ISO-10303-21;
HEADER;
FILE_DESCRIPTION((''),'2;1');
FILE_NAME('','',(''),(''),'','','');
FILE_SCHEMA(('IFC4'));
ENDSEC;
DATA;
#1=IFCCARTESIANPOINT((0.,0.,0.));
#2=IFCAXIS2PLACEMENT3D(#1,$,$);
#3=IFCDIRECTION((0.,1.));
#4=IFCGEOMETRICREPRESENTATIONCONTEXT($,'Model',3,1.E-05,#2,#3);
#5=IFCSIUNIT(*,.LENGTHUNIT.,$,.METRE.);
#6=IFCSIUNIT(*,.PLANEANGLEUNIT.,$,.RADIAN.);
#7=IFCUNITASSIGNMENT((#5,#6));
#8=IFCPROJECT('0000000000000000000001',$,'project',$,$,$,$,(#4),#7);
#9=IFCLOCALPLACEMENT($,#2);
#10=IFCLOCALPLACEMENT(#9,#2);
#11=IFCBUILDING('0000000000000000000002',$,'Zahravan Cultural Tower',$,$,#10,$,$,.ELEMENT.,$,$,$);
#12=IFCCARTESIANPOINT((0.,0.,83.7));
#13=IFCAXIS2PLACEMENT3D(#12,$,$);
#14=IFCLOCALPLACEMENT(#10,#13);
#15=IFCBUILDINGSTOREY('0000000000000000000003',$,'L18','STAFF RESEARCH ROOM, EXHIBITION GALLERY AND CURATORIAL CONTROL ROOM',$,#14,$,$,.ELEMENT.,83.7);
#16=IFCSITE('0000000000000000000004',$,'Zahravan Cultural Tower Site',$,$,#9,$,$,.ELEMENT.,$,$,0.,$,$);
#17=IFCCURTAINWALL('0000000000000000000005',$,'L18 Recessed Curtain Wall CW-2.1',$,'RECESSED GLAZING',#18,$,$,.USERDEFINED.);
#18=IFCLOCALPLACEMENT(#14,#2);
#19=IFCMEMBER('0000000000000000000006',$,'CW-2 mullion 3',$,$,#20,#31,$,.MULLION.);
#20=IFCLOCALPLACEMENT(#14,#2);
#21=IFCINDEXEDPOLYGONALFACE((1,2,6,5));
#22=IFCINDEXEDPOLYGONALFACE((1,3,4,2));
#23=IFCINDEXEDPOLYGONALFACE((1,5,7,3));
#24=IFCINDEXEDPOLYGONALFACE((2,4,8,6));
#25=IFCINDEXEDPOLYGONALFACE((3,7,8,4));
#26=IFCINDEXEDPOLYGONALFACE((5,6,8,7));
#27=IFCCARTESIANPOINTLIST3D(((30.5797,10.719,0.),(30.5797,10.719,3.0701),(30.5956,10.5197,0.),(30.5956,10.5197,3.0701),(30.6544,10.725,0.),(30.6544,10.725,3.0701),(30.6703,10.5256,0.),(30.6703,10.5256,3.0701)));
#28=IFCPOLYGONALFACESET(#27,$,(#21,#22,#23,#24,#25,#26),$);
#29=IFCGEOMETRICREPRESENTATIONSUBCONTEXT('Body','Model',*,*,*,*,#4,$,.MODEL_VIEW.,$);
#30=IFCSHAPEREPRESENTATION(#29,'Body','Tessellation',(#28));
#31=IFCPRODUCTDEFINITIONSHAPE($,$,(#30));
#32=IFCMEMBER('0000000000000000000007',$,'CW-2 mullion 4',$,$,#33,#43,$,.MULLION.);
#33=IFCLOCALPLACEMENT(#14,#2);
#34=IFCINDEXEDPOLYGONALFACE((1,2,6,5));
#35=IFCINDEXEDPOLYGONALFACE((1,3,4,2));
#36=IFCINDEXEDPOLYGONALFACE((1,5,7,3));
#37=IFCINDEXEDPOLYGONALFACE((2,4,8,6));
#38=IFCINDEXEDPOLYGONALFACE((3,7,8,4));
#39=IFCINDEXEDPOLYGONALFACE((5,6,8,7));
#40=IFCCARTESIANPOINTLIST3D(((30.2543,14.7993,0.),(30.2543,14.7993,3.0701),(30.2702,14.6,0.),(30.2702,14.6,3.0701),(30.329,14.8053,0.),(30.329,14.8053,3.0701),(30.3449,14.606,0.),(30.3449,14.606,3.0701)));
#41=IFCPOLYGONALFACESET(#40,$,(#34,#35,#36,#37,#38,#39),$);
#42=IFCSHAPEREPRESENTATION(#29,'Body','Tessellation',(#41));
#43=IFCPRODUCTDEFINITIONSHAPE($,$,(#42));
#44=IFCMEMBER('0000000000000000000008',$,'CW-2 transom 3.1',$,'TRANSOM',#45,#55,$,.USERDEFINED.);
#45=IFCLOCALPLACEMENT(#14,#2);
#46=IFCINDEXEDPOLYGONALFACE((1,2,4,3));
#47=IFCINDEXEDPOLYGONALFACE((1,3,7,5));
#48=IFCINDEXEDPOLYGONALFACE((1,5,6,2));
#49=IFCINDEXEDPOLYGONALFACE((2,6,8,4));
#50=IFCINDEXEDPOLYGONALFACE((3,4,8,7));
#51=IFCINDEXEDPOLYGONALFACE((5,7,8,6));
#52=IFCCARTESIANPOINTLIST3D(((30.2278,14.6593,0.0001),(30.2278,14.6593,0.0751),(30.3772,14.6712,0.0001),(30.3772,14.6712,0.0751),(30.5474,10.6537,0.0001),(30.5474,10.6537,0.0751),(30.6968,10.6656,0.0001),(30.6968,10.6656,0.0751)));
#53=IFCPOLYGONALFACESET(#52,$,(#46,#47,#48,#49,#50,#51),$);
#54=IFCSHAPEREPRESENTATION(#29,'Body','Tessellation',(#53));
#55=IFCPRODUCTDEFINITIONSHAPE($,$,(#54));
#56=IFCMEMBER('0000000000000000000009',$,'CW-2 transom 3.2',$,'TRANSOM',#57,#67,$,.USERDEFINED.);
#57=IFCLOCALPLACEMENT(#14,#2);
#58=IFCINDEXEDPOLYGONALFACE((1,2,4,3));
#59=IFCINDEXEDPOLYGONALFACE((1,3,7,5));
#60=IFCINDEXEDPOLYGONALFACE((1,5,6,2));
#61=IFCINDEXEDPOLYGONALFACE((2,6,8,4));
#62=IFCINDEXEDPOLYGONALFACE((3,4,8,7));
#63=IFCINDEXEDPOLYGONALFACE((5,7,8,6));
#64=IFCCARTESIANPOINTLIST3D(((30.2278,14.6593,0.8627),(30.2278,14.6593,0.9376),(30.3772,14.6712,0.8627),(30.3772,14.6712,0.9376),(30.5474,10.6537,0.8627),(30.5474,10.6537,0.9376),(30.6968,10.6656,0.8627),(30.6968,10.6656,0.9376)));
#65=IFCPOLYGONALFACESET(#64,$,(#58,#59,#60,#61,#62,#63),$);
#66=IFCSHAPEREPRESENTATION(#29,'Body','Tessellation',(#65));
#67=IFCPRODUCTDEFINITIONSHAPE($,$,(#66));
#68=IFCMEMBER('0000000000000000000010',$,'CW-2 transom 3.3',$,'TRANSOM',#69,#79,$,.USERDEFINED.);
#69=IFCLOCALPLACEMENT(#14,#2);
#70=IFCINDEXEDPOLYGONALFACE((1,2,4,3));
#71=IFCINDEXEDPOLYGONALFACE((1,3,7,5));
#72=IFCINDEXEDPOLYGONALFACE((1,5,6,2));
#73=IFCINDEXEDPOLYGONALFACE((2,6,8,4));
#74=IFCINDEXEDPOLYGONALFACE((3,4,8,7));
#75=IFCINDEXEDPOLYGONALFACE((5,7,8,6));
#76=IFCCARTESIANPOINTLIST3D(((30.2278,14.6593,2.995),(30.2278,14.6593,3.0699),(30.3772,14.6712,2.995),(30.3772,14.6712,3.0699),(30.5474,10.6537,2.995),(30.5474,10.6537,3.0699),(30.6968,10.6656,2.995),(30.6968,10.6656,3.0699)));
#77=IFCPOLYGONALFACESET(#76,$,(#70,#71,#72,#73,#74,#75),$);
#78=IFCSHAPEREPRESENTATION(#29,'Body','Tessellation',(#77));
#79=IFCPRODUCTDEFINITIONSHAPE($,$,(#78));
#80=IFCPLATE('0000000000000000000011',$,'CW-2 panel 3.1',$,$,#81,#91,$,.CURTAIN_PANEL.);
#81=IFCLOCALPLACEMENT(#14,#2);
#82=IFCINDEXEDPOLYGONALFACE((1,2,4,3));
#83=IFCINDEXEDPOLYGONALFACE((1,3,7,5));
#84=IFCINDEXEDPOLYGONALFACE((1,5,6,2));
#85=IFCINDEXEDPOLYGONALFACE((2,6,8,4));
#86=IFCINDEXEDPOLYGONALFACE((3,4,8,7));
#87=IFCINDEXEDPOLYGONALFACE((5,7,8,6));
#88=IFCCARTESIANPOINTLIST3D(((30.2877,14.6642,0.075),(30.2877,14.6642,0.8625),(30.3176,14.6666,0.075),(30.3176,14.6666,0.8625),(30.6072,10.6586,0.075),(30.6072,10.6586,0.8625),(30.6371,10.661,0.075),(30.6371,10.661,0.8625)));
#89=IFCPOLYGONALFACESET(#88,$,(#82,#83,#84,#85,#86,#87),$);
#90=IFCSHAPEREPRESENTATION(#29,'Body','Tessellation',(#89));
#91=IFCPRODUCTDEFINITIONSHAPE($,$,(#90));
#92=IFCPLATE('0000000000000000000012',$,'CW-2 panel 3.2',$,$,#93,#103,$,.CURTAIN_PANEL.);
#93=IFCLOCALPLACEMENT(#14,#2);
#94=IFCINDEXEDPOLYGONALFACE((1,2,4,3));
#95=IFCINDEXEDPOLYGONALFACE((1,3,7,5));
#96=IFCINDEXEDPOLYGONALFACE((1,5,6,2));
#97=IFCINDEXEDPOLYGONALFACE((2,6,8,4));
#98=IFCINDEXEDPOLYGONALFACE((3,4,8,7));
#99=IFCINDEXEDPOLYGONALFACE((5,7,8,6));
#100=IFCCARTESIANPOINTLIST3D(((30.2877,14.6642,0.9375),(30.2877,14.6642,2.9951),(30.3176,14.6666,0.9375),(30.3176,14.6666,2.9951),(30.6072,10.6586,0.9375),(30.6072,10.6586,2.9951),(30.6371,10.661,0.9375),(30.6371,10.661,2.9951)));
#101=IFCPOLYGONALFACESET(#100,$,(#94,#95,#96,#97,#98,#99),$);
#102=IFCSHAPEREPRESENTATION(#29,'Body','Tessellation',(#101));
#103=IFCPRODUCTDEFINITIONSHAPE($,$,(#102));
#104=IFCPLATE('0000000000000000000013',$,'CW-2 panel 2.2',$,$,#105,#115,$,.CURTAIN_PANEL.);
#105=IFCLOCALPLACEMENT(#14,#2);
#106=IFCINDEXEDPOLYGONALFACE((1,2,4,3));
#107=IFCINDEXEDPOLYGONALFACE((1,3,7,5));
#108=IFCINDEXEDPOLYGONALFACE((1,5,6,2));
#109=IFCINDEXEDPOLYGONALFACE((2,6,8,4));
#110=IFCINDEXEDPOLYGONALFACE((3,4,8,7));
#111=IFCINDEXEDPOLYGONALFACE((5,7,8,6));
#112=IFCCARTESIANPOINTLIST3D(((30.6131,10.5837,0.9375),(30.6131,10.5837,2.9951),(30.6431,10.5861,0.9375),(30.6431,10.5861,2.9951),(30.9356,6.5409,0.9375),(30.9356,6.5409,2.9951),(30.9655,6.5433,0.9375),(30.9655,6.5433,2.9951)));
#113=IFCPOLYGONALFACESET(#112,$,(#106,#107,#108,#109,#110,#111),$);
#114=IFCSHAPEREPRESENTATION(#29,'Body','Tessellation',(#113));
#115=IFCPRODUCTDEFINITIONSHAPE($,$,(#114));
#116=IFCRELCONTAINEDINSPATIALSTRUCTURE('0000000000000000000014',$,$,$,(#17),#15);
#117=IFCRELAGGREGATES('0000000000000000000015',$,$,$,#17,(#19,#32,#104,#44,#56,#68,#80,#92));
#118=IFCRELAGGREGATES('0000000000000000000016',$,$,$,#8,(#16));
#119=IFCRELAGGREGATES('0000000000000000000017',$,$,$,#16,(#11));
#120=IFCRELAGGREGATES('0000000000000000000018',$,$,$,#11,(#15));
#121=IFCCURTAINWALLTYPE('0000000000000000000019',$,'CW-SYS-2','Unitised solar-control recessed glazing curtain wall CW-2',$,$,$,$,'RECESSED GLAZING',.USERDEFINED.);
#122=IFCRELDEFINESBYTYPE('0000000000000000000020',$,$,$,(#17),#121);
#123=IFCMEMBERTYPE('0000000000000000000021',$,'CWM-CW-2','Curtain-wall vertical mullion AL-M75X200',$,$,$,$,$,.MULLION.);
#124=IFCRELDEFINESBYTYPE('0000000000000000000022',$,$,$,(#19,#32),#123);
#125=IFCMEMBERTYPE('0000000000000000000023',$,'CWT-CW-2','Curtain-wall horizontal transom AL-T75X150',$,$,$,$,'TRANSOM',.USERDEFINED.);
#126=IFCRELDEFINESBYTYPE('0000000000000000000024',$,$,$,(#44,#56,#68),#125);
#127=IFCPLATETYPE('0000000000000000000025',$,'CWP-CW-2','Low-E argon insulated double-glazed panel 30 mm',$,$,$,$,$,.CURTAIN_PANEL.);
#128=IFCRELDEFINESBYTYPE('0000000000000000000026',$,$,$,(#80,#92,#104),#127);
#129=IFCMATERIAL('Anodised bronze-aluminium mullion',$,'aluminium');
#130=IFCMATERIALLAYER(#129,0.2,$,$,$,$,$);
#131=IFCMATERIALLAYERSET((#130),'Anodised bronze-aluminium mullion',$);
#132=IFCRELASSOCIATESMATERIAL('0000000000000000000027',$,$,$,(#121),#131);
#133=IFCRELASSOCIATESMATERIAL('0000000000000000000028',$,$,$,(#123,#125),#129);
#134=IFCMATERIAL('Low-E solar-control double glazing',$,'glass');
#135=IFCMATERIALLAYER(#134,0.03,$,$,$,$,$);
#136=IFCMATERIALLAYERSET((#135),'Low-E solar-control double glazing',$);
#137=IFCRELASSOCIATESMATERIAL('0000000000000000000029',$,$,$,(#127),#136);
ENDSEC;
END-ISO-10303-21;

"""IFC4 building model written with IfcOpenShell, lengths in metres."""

from ifc_helpers import new_model, si_unit, direction, frame, origin, origin_2d, place, context, subcontext, project, spatial, rectangle, extrude, source, transform, mapped, material, layer, layer_set, material_profile, profile_set, type_object, element, aggregate, save


model = new_model("IFC4")

# Units and contexts
model_context = context("Model", 3, precision=1e-05, world=origin(), true_north=direction((0.0, 1.0)))
body_context = subcontext(model_context, "Body", "Model", "MODEL_VIEW")
ifc_project = project(units=[si_unit("LENGTHUNIT", "METRE"), si_unit("PLANEANGLEUNIT", "RADIAN")], contexts=[model_context])

# Site, building, storey
site_placement = place(None, origin())
site = spatial("IfcSite", under=ifc_project, at=site_placement, Name="Zahravan Cultural Tower Site", CompositionType="ELEMENT", RefElevation=0.0)
building_placement = place(site_placement, origin())
building = spatial("IfcBuilding", under=site, at=building_placement, Name="Zahravan Cultural Tower", CompositionType="ELEMENT")
storey_placement = place(building_placement, frame((0.0, 0.0, 83.7)))
storey = spatial("IfcBuildingStorey", under=building, at=storey_placement, Name="L18", Description="STAFF RESEARCH ROOM, EXHIBITION GALLERY AND CURATORIAL CONTROL ROOM", CompositionType="ELEMENT", Elevation=83.7)

# Curtain wall, members, plates
ifc_material_1 = material(Name="Anodised bronze-aluminium mullion", Category="aluminium")
ifc_layer_1 = layer(ifc_material_1, 0.2)
ifc_layer_set_1 = layer_set([ifc_layer_1], Name="Anodised bronze-aluminium mullion")
curtain_wall_type = type_object("IfcCurtainWallType", Name="CW-SYS-2", Description="Unitised solar-control recessed glazing curtain wall CW-2", ElementType="RECESSED GLAZING", PredefinedType="USERDEFINED", material=ifc_layer_set_1)
curtain_wall_placement = place(storey_placement, origin())
curtain_wall = element("IfcCurtainWall", 1, at=curtain_wall_placement, inside=storey, type_object=curtain_wall_type, Name="L18 Recessed Curtain Wall CW-2.1", ObjectType="RECESSED GLAZING", PredefinedType="USERDEFINED")
ifc_material_profile_1 = material_profile(ifc_material_1, rectangle(XDim=0.075, YDim=0.2, at=origin_2d()), Name="AL-M75X200")
ifc_profile_set_1 = profile_set([ifc_material_profile_1], Name="Anodised bronze-aluminium mullion")
member_type_1 = type_object("IfcMemberType", Name="CWM-CW-2", Description="Curtain-wall vertical mullion AL-M75X200", PredefinedType="MULLION", material=ifc_profile_set_1)
shared_shape_1 = source(origin(), body_context, "Body", "SweptSolid", [
    extrude(rectangle(XDim=0.075, YDim=0.2, at=origin_2d()), origin(), (0.0, 0.0, 1.0), 3.0701),
])
member_1_placement = place(storey_placement, frame((30.625, 10.6223, 0.0), z_axis=(0.0, 0.0, 1.0), x_axis=(-0.996835, -0.079501, 0.0)))
member_1 = element("IfcMember", 2, at=member_1_placement, type_object=member_type_1, Name="CW-2 mullion 3", PredefinedType="MULLION", context=body_context, shape_type="MappedRepresentation", body=[
    mapped(shared_shape_1, transform((0.0, 0.0, 0.0), x_axis=(1.0, 0.0, 0.0), y_axis=(0.0, 1.0, 0.0), z_axis=(0.0, 0.0, 1.0), scale=1.0)),
])
member_2_placement = place(storey_placement, frame((30.2996, 14.7026, 0.0), z_axis=(0.0, 0.0, 1.0), x_axis=(-0.996835, -0.079501, 0.0)))
member_2 = element("IfcMember", 3, at=member_2_placement, type_object=member_type_1, Name="CW-2 mullion 4", PredefinedType="MULLION", context=body_context, shape_type="MappedRepresentation", body=[
    mapped(shared_shape_1, transform((0.0, 0.0, 0.0), x_axis=(1.0, 0.0, 0.0), y_axis=(0.0, 1.0, 0.0), z_axis=(0.0, 0.0, 1.0), scale=1.0)),
])
ifc_material_profile_2 = material_profile(ifc_material_1, rectangle(XDim=0.1499, YDim=0.075, at=origin_2d()), Name="AL-T75X150")
ifc_profile_set_2 = profile_set([ifc_material_profile_2], Name="Anodised bronze-aluminium mullion")
member_type_2 = type_object("IfcMemberType", Name="CWT-CW-2", Description="Curtain-wall horizontal transom AL-T75X150", ElementType="TRANSOM", PredefinedType="USERDEFINED", material=ifc_profile_set_2)
shared_shape_2 = source(origin(), body_context, "Body", "SweptSolid", [
    extrude(rectangle(XDim=0.1499, YDim=0.075, at=origin_2d()), origin(), (0.0, 0.0, 1.0), 4.0183),
])
member_3_placement = place(storey_placement, frame((30.6221, 10.6597, 0.0376), z_axis=(-0.07953, 0.996832, 0.0), x_axis=(-0.996832, -0.07953, 0.0)))
member_3 = element("IfcMember", 4, at=member_3_placement, type_object=member_type_2, Name="CW-2 transom 3.1", ObjectType="TRANSOM", PredefinedType="USERDEFINED", context=body_context, shape_type="MappedRepresentation", body=[
    mapped(shared_shape_2, transform((0.0, 0.0, 0.0), x_axis=(1.0, 0.0, 0.0), y_axis=(0.0, 1.0, 0.0), z_axis=(0.0, 0.0, 1.0), scale=1.0)),
])
member_4_placement = place(storey_placement, frame((30.6221, 10.6597, 0.9001), z_axis=(-0.07953, 0.996832, 0.0), x_axis=(-0.996832, -0.07953, 0.0)))
member_4 = element("IfcMember", 5, at=member_4_placement, type_object=member_type_2, Name="CW-2 transom 3.2", ObjectType="TRANSOM", PredefinedType="USERDEFINED", context=body_context, shape_type="MappedRepresentation", body=[
    mapped(shared_shape_2, transform((0.0, 0.0, 0.0), x_axis=(1.0, 0.0, 0.0), y_axis=(0.0, 1.0, 0.0), z_axis=(0.0, 0.0, 1.0), scale=1.0)),
])
member_5_placement = place(storey_placement, frame((30.6221, 10.6597, 3.0325), z_axis=(-0.07953, 0.996832, 0.0), x_axis=(-0.996832, -0.07953, 0.0)))
member_5 = element("IfcMember", 6, at=member_5_placement, type_object=member_type_2, Name="CW-2 transom 3.3", ObjectType="TRANSOM", PredefinedType="USERDEFINED", context=body_context, shape_type="MappedRepresentation", body=[
    mapped(shared_shape_2, transform((0.0, 0.0, 0.0), x_axis=(1.0, 0.0, 0.0), y_axis=(0.0, 1.0, 0.0), z_axis=(0.0, 0.0, 1.0), scale=1.0)),
])
ifc_material_2 = material(Name="Low-E solar-control double glazing", Category="glass")
ifc_layer_2 = layer(ifc_material_2, 0.03)
ifc_layer_set_2 = layer_set([ifc_layer_2], Name="Low-E solar-control double glazing")
plate_type = type_object("IfcPlateType", Name="CWP-CW-2", Description="Low-E argon insulated double-glazed panel 30 mm", PredefinedType="CURTAIN_PANEL", material=ifc_layer_set_2)
shared_shape_3 = source(origin(), body_context, "Body", "SweptSolid", [
    extrude(rectangle(XDim=4.0183, YDim=0.03, at=origin_2d()), origin(), (0.0, 0.0, 1.0), 0.7876),
])
plate_1_placement = place(storey_placement, frame((30.4624, 12.6626, 0.075), z_axis=(0.0, 0.0, 1.0), x_axis=(-0.079501, 0.996835, 0.0)))
plate_1 = element("IfcPlate", 7, at=plate_1_placement, type_object=plate_type, Name="CW-2 panel 3.1", PredefinedType="CURTAIN_PANEL", context=body_context, shape_type="MappedRepresentation", body=[
    mapped(shared_shape_3, transform((0.0, 0.0, 0.0), x_axis=(1.0, 0.0, 0.0), y_axis=(0.0, 1.0, 0.0), z_axis=(0.0, 0.0, 1.0), scale=1.0)),
])
shared_shape_4 = source(origin(), body_context, "Body", "SweptSolid", [
    extrude(rectangle(XDim=4.0183, YDim=0.03, at=origin_2d()), origin(), (0.0, 0.0, 1.0), 2.0576),
])
plate_2_placement = place(storey_placement, frame((30.4624, 12.6626, 0.9375), z_axis=(0.0, 0.0, 1.0), x_axis=(-0.079501, 0.996835, 0.0)))
plate_2 = element("IfcPlate", 8, at=plate_2_placement, type_object=plate_type, Name="CW-2 panel 3.2", PredefinedType="CURTAIN_PANEL", context=body_context, shape_type="MappedRepresentation", body=[
    mapped(shared_shape_4, transform((0.0, 0.0, 0.0), x_axis=(1.0, 0.0, 0.0), y_axis=(0.0, 1.0, 0.0), z_axis=(0.0, 0.0, 1.0), scale=1.0)),
])
shared_shape_5 = source(origin(), body_context, "Body", "SweptSolid", [
    extrude(rectangle(XDim=4.0557, YDim=0.03, at=origin_2d()), origin(), (0.0, 0.0, 1.0), 2.0576),
])
plate_3_placement = place(storey_placement, frame((30.7893, 8.5635, 0.9375), z_axis=(0.0, 0.0, 1.0), x_axis=(-0.079501, 0.996835, 0.0)))
plate_3 = element("IfcPlate", 9, at=plate_3_placement, type_object=plate_type, Name="CW-2 panel 2.2", PredefinedType="CURTAIN_PANEL", context=body_context, shape_type="MappedRepresentation", body=[
    mapped(shared_shape_5, transform((0.0, 0.0, 0.0), x_axis=(1.0, 0.0, 0.0), y_axis=(0.0, 1.0, 0.0), z_axis=(0.0, 0.0, 1.0), scale=1.0)),
])
aggregate(curtain_wall, [member_1, member_2, plate_3, member_3, member_4, member_5, plate_1, plate_2])

save(model, "model.ifc")
